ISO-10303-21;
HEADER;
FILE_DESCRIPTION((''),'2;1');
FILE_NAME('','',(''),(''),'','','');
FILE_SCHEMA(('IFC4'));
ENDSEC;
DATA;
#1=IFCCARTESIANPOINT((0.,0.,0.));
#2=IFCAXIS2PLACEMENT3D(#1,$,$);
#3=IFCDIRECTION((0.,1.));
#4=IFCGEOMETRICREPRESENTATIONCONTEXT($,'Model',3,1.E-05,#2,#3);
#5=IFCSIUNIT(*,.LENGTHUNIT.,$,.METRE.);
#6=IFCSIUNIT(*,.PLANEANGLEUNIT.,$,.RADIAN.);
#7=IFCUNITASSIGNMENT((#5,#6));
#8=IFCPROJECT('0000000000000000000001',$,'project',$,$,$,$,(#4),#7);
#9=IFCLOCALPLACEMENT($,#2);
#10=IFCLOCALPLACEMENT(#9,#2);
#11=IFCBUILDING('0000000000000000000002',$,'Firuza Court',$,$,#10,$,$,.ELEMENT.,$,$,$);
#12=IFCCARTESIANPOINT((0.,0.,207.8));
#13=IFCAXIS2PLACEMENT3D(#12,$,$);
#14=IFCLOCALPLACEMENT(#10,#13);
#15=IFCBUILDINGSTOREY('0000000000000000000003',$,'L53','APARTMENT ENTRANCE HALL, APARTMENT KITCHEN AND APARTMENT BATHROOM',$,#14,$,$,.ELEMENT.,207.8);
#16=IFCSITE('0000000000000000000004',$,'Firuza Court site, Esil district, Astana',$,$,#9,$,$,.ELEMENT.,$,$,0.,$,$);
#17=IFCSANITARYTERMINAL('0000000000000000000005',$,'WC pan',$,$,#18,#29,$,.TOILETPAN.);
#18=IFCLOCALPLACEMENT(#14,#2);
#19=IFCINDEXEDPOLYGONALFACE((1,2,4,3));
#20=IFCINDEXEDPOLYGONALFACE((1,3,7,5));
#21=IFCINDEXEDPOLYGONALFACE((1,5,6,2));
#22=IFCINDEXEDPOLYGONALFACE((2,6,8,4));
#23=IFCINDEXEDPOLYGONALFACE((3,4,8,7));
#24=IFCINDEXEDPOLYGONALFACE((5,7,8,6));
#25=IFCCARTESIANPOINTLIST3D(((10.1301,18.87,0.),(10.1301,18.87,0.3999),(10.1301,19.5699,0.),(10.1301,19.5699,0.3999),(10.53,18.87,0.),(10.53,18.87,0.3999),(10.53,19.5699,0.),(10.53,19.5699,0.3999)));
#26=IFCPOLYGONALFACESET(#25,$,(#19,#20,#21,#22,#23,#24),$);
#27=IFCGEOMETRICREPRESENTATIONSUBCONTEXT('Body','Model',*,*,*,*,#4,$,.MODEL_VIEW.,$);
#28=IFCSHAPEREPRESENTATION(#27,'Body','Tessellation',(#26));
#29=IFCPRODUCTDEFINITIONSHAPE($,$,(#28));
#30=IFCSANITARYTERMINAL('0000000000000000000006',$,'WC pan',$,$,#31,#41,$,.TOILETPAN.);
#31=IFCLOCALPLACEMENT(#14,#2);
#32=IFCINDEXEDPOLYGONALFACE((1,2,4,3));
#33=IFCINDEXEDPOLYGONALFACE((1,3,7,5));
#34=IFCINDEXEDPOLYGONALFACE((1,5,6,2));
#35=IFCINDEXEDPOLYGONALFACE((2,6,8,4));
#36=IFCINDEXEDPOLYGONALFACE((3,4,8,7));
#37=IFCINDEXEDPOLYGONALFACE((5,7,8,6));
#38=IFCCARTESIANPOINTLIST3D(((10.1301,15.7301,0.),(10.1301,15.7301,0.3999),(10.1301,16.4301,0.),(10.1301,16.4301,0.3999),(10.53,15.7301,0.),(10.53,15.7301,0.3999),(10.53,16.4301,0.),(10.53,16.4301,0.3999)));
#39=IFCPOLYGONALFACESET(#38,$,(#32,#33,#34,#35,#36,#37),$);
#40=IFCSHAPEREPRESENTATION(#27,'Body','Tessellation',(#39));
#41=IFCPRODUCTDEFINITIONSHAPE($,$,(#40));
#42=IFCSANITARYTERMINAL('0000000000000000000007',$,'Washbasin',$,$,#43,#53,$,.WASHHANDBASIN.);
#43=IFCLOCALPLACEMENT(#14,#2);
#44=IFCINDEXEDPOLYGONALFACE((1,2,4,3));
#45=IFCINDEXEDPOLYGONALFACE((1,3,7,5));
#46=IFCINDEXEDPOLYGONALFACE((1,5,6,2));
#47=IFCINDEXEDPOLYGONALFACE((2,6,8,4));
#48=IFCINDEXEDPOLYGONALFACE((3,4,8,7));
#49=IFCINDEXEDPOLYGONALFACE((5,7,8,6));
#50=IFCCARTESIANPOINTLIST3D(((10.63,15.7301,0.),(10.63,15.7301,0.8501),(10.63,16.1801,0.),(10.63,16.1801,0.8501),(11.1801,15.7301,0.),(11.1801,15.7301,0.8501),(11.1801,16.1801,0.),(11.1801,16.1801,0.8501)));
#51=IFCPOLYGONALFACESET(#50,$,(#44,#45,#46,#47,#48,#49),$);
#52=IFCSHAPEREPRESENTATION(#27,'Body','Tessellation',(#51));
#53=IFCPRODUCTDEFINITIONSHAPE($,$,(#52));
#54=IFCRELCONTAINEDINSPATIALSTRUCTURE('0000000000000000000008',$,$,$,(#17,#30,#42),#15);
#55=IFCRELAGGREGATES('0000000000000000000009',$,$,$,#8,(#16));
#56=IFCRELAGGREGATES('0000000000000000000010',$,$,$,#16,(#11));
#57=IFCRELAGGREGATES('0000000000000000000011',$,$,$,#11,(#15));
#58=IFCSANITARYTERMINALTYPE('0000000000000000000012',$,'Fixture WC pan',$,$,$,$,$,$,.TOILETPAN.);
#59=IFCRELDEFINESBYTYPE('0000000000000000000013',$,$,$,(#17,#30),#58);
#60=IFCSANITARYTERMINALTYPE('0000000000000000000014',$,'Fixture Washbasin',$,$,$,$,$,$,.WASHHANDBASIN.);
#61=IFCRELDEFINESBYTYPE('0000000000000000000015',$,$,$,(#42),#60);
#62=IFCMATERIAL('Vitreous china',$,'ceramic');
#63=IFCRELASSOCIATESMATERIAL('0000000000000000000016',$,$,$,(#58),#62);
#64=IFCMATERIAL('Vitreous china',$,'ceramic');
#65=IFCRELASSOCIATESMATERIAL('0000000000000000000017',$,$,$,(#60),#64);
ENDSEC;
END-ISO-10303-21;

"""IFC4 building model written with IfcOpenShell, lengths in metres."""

from ifc_helpers import new_model, si_unit, direction, frame, origin, origin_2d, place, context, subcontext, project, spatial, rectangle, extrude, material, type_object, element, save


model = new_model("IFC4")

# Units and contexts
model_context = context("Model", 3, precision=1e-05, world=origin(), true_north=direction((0.0, 1.0)))
body_context = subcontext(model_context, "Body", "Model", "MODEL_VIEW")
ifc_project = project(units=[si_unit("LENGTHUNIT", "METRE"), si_unit("PLANEANGLEUNIT", "RADIAN")], contexts=[model_context])

# Site, building, storey
site_placement = place(None, origin())
site = spatial("IfcSite", under=ifc_project, at=site_placement, Name="Firuza Court site, Esil district, Astana", CompositionType="ELEMENT", RefElevation=0.0)
building_placement = place(site_placement, origin())
building = spatial("IfcBuilding", under=site, at=building_placement, Name="Firuza Court", CompositionType="ELEMENT")
storey_placement = place(building_placement, frame((0.0, 0.0, 207.8)))
storey = spatial("IfcBuildingStorey", under=building, at=storey_placement, Name="L53", Description="APARTMENT ENTRANCE HALL, APARTMENT KITCHEN AND APARTMENT BATHROOM", CompositionType="ELEMENT", Elevation=207.8)

# Sanitary terminals
ifc_material_1 = material(Name="Vitreous china", Category="ceramic")
sanitary_terminal_type_1 = type_object("IfcSanitaryTerminalType", Name="Fixture WC pan", PredefinedType="TOILETPAN", material=ifc_material_1)
for number, where, z_axis, x_axis, name in (
    (1, (10.3301, 19.22, 0.0), (0.0, 0.0, 1.0), (1.0, 0.0, 0.0), "WC pan"),
    (2, (10.3301, 16.0801, 0.0), (0.0, 0.0, 1.0), (1.0, 0.0, 0.0), "WC pan"),
):
    element("IfcSanitaryTerminal", number, at=place(storey_placement, frame(where, z_axis=z_axis, x_axis=x_axis)), inside=storey, type_object=sanitary_terminal_type_1, Name=name, PredefinedType="TOILETPAN", context=body_context, shape_type="SweptSolid", body=[
        extrude(rectangle(XDim=0.3999, YDim=0.7, at=origin_2d()), origin(), (0.0, 0.0, 1.0), 0.3999),
    ])
ifc_material_2 = material(Name="Vitreous china", Category="ceramic")
sanitary_terminal_type_2 = type_object("IfcSanitaryTerminalType", Name="Fixture Washbasin", PredefinedType="WASHHANDBASIN", material=ifc_material_2)
sanitary_terminal_placement = place(storey_placement, frame((10.905, 15.9551, 0.0), z_axis=(0.0, 0.0, 1.0), x_axis=(1.0, 0.0, 0.0)))
element("IfcSanitaryTerminal", 3, at=sanitary_terminal_placement, inside=storey, type_object=sanitary_terminal_type_2, Name="Washbasin", PredefinedType="WASHHANDBASIN", context=body_context, shape_type="SweptSolid", body=[
    extrude(rectangle(XDim=0.55, YDim=0.45, at=origin_2d()), origin(), (0.0, 0.0, 1.0), 0.8501),
])

save(model, "model.ifc")
